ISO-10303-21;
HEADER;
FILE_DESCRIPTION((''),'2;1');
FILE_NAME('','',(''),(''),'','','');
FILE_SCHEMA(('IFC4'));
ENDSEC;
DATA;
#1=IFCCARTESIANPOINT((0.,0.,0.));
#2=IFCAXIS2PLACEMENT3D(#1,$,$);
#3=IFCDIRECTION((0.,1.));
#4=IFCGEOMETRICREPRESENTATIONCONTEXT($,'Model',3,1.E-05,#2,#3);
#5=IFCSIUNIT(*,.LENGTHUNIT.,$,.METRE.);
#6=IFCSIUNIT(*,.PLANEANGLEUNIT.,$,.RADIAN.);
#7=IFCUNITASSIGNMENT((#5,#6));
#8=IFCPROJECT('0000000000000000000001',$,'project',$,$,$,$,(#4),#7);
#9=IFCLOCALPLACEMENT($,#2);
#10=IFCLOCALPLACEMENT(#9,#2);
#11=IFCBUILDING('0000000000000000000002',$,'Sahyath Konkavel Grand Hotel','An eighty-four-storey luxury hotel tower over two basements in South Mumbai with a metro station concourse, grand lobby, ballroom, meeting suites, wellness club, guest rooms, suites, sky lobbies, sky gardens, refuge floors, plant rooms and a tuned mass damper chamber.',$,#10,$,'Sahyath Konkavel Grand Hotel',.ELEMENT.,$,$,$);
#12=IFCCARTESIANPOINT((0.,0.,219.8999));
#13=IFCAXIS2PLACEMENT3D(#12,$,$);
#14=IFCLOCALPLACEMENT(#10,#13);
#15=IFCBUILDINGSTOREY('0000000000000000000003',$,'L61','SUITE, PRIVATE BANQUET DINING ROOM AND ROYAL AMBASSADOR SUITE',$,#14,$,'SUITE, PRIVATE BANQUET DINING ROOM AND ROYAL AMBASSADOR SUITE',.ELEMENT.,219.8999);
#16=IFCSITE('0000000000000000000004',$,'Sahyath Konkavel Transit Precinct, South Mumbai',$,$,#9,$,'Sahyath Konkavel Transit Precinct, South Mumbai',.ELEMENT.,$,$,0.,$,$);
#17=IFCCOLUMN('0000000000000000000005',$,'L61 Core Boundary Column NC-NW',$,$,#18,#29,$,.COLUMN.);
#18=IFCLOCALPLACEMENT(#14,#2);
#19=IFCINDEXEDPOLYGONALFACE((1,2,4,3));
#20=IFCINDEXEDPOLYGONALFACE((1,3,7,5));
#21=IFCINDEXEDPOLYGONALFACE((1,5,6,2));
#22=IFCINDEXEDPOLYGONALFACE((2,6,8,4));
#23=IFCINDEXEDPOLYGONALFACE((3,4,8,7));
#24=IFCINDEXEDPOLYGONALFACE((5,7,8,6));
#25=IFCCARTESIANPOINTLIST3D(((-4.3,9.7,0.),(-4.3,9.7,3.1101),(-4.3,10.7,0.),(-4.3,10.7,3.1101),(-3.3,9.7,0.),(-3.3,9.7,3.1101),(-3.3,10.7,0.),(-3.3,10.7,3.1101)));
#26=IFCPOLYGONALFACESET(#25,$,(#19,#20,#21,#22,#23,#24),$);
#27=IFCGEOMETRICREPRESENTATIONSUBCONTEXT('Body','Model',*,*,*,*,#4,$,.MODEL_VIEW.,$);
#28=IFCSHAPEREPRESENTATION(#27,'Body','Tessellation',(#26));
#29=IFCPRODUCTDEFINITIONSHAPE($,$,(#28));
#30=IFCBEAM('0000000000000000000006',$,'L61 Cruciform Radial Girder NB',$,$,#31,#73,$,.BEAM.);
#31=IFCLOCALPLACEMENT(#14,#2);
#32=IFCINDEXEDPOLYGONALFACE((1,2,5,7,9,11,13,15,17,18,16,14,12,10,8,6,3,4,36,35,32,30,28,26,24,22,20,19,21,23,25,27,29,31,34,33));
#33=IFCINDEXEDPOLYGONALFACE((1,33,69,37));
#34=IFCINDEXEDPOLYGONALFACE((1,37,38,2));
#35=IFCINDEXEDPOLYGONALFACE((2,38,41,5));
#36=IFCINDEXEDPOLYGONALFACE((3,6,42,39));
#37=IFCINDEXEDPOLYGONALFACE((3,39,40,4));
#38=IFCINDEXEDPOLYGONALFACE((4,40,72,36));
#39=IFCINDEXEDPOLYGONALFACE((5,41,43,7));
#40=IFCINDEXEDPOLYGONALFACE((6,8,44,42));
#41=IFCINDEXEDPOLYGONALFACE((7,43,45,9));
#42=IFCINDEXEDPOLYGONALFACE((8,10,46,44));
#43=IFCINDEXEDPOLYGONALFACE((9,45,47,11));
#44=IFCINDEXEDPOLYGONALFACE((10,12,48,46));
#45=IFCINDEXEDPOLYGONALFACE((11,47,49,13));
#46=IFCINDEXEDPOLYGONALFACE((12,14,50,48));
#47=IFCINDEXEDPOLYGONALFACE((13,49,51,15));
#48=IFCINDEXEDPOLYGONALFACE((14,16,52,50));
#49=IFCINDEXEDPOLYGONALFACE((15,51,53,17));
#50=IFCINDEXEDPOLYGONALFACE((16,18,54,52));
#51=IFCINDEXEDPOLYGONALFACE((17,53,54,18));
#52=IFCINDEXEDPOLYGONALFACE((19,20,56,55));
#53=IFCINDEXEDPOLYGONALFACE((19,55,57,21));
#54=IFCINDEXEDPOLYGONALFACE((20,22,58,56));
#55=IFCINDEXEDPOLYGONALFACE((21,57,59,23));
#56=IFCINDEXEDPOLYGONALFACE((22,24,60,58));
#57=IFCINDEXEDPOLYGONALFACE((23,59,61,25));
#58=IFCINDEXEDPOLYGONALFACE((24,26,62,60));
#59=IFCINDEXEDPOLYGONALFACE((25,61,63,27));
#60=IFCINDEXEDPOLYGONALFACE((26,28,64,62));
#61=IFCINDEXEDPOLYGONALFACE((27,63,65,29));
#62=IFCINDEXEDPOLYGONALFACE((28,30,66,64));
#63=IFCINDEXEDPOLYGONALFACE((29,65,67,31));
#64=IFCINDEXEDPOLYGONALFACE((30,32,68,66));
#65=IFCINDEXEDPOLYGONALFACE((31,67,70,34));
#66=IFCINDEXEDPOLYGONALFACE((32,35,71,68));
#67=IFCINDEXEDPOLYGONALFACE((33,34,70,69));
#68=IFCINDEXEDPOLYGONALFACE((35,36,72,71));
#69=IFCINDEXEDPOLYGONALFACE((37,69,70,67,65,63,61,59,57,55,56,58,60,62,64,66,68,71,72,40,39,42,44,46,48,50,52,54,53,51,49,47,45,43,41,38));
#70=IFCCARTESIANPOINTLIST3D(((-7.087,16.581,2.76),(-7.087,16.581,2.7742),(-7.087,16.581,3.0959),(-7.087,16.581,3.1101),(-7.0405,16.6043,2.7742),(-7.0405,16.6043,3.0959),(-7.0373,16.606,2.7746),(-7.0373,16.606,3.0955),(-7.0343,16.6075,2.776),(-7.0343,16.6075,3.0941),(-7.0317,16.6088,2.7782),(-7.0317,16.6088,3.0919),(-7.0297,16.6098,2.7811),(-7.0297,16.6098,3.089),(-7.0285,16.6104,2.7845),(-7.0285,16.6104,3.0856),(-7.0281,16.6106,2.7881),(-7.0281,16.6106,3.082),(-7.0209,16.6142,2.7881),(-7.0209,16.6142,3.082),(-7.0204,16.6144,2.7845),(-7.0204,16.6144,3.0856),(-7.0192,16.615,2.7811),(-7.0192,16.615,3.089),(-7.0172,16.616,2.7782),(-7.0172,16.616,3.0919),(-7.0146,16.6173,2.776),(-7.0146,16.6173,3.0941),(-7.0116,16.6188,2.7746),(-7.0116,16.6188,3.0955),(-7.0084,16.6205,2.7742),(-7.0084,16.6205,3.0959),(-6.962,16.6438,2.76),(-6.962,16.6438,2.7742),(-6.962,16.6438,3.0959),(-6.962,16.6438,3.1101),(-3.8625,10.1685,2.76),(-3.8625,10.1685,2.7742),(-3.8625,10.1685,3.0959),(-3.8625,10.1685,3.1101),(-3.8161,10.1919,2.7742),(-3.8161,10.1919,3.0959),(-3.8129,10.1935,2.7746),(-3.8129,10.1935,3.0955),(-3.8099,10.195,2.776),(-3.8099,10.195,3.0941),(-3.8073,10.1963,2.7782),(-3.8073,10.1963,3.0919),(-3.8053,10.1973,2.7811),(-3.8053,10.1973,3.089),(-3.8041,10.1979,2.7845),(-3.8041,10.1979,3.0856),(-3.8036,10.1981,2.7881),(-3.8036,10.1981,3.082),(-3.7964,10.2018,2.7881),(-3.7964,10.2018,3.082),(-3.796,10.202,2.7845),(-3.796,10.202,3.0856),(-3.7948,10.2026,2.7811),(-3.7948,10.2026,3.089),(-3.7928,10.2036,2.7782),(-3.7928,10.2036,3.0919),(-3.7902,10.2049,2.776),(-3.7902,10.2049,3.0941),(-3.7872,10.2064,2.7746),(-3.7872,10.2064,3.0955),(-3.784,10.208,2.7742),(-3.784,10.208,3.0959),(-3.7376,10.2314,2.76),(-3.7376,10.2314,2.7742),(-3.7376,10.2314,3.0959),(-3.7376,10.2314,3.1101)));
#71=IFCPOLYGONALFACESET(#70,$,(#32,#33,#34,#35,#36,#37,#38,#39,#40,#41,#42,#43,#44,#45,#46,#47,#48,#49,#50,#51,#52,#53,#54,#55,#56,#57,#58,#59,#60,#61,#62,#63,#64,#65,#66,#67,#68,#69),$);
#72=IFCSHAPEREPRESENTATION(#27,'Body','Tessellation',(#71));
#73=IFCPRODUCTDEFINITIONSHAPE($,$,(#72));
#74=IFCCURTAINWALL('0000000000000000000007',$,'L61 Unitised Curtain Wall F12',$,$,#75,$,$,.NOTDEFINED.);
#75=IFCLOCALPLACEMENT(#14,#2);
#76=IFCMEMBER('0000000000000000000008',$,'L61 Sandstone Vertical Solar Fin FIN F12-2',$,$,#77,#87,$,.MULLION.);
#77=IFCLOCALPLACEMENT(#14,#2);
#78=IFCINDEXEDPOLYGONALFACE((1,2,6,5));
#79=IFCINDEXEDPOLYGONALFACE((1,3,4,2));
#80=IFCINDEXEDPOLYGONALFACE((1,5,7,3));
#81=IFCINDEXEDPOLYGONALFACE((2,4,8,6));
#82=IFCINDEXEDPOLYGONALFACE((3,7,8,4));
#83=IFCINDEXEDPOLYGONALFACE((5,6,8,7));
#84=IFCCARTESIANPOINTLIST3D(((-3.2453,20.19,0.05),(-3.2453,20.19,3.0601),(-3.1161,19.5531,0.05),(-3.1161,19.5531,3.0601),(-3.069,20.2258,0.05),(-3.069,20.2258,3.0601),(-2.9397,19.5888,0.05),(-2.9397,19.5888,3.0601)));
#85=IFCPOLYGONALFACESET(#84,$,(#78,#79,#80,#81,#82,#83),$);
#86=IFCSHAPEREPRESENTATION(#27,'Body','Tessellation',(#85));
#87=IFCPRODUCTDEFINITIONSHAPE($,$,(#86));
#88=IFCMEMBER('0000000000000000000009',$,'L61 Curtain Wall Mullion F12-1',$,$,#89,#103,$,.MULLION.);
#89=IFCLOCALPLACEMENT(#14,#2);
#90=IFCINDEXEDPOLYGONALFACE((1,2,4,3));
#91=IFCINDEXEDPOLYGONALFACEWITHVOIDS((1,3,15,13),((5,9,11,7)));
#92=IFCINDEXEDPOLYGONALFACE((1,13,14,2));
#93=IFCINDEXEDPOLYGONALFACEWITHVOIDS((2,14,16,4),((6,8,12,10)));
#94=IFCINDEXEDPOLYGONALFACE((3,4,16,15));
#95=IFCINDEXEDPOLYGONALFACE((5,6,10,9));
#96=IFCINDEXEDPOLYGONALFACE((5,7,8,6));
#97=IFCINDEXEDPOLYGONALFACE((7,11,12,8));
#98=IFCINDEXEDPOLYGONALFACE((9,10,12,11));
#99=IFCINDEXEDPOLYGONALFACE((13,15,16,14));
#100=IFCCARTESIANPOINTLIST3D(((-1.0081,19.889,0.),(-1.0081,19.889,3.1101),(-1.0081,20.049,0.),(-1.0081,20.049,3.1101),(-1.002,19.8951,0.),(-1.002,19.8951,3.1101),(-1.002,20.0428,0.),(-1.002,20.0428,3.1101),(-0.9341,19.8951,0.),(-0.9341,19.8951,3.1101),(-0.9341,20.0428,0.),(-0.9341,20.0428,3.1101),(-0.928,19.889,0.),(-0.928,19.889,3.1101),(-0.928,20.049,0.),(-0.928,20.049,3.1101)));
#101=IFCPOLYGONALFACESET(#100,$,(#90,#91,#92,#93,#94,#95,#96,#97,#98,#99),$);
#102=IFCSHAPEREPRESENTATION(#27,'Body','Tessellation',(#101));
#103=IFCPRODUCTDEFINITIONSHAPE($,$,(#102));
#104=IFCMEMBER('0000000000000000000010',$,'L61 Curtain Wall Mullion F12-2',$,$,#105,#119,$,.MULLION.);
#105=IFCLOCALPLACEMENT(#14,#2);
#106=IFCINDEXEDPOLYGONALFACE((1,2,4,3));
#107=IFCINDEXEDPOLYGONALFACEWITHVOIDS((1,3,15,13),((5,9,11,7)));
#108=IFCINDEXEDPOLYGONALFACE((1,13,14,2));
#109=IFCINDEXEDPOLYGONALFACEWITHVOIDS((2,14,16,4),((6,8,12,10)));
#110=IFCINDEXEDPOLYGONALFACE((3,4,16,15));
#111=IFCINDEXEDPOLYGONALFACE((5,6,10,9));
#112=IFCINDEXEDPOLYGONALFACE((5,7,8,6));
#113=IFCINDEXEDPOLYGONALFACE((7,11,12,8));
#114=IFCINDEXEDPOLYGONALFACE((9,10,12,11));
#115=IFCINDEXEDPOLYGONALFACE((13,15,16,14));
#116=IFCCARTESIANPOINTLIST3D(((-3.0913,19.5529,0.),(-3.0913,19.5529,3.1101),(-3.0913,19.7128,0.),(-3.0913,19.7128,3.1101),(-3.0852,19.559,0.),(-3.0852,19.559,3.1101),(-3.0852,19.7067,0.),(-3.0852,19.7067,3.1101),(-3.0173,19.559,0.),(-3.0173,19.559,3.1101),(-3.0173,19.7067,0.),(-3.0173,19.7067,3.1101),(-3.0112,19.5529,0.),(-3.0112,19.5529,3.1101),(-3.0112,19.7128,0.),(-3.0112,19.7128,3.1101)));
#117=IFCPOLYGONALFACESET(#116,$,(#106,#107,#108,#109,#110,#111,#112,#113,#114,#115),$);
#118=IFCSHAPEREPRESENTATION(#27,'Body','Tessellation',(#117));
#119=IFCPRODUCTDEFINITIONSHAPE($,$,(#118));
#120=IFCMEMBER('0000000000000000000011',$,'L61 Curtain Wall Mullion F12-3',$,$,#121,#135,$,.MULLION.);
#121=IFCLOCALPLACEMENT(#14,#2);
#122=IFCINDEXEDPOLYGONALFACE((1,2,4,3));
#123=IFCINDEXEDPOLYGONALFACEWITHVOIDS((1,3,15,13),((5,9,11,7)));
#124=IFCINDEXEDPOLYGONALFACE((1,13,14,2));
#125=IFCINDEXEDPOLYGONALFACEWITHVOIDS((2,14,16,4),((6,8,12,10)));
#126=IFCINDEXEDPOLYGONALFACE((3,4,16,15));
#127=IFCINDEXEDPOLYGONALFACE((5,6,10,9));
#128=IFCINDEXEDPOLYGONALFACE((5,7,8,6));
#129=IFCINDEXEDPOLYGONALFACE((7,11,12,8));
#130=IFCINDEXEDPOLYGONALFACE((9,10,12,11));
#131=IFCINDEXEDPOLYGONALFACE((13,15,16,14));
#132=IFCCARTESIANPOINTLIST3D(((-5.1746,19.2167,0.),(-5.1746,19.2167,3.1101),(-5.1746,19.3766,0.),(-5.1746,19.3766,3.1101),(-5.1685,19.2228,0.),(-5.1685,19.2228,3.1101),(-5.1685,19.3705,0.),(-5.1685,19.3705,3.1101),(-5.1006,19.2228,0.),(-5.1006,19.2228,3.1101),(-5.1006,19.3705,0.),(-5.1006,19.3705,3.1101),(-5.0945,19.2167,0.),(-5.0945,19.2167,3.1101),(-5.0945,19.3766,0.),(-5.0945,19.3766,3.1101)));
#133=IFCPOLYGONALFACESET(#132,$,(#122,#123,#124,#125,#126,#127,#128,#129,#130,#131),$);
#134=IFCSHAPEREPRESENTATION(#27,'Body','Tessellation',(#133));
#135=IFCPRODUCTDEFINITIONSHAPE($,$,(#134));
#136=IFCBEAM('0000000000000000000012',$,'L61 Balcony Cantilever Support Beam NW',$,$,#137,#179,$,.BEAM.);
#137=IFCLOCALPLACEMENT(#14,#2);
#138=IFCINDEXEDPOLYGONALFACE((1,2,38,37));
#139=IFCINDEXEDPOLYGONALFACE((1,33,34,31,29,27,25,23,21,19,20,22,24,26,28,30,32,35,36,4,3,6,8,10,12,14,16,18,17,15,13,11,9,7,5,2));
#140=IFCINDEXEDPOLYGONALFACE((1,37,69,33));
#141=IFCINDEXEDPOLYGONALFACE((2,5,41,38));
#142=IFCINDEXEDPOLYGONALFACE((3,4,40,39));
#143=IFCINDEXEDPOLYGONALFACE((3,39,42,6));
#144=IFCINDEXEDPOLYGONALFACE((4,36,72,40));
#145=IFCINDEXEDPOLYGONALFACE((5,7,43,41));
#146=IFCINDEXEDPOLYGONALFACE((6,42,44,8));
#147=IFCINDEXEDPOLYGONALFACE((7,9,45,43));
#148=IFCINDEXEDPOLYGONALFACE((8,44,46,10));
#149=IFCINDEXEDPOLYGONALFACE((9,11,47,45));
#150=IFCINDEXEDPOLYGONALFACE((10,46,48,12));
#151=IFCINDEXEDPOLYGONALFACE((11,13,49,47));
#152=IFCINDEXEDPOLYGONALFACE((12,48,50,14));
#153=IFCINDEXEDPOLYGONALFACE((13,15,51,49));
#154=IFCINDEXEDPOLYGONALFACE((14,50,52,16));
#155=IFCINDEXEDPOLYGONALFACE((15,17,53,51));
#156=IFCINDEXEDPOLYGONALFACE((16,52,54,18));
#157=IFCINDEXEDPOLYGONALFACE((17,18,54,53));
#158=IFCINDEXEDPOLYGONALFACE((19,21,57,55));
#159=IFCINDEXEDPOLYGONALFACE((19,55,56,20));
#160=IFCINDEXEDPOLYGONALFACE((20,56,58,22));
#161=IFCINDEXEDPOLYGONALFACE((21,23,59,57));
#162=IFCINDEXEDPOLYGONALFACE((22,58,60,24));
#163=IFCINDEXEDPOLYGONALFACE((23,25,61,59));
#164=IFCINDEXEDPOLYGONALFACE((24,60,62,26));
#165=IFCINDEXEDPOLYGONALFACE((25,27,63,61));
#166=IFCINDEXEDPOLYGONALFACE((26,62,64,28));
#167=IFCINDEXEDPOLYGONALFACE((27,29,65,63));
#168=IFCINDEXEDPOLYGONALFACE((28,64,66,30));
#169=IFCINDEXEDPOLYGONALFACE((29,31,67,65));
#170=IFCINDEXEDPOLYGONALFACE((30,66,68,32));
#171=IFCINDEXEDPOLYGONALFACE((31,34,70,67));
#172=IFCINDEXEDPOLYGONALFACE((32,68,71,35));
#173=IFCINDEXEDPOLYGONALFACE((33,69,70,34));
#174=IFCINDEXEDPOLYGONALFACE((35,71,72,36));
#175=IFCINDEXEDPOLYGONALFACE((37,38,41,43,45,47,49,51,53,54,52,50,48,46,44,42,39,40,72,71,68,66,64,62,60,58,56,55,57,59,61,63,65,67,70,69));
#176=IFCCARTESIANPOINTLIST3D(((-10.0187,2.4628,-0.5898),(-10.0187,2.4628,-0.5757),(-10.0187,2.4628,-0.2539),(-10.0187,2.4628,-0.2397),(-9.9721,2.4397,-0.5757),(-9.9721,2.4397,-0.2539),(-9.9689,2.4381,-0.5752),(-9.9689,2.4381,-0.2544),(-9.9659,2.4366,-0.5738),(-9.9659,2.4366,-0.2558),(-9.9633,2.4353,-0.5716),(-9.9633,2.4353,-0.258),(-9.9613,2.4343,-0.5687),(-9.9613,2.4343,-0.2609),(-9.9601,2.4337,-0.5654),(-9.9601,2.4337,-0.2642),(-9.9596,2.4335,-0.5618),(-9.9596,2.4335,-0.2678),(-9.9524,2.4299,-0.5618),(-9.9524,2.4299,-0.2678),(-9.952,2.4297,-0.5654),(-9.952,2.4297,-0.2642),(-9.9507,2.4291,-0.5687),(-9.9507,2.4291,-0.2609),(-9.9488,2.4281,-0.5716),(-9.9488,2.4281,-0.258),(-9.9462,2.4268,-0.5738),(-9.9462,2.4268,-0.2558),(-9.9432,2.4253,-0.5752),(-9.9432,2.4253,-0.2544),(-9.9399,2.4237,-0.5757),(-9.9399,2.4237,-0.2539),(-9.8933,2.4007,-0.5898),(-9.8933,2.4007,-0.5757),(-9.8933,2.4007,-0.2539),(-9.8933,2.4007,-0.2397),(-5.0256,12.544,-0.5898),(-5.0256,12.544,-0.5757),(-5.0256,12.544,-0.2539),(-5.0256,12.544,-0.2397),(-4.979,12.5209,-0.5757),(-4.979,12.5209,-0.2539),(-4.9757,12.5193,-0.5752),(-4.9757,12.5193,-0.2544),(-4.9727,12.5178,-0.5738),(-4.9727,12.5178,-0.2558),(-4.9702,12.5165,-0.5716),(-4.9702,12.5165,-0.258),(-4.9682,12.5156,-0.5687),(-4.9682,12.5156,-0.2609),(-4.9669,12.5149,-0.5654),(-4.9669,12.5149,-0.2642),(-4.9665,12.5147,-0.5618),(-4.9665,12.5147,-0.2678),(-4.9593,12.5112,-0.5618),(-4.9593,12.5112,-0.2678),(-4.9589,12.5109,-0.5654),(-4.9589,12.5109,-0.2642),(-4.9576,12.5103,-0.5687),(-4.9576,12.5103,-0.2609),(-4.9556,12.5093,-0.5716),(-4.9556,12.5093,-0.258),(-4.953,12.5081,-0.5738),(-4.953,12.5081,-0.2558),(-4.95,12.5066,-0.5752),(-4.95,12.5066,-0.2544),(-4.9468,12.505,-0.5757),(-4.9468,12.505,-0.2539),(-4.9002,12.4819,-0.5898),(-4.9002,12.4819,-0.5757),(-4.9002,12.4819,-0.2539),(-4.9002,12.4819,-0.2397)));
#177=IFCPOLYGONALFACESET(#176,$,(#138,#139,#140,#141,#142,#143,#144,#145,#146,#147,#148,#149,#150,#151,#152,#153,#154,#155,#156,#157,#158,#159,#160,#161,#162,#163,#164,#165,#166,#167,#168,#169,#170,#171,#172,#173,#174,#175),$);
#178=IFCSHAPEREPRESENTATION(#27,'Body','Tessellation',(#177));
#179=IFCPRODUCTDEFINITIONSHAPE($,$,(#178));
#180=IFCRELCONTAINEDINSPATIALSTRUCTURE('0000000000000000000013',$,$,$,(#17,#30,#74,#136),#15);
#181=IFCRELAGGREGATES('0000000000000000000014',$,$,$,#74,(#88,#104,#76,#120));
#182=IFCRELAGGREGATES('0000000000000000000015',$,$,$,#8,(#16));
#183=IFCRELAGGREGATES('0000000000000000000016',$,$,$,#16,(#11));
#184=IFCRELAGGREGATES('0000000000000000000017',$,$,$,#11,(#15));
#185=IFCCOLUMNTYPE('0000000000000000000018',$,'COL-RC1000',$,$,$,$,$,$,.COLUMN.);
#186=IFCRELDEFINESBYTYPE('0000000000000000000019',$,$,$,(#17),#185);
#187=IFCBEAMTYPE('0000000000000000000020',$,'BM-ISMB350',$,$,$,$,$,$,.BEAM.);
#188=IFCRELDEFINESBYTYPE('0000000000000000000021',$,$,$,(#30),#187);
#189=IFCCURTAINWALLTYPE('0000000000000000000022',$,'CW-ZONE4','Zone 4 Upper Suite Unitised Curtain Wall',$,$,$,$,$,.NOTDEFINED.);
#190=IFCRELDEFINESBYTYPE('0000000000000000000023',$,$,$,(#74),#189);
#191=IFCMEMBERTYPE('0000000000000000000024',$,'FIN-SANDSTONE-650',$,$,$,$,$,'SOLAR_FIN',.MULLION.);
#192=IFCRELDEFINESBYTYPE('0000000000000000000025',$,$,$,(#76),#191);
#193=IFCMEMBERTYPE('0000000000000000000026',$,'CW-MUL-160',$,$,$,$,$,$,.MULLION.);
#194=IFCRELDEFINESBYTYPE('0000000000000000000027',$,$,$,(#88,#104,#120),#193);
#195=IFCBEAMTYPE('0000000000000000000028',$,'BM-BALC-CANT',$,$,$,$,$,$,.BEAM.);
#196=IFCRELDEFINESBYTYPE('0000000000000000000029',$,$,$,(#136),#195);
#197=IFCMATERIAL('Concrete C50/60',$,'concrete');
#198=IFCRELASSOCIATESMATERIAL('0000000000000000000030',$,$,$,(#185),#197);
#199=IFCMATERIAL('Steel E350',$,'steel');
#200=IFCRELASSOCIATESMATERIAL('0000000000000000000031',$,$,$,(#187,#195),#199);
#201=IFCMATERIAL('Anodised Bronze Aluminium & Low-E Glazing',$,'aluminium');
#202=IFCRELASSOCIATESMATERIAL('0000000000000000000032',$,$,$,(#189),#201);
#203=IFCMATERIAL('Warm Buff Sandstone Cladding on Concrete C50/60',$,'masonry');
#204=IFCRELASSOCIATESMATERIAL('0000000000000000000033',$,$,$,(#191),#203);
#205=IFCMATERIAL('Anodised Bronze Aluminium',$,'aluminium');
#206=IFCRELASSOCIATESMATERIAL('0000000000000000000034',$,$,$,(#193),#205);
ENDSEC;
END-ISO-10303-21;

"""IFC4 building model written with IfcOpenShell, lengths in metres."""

from ifc_helpers import new_model, si_unit, direction, frame, origin, origin_2d, place, context, subcontext, project, spatial, rectangle, hollow_rectangle, i_section, extrude, source, transform, mapped, material, material_profile, profile_set, type_object, element, aggregate, save


model = new_model("IFC4")

# Units and contexts
model_context = context("Model", 3, precision=1e-05, world=origin(), true_north=direction((0.0, 1.0)))
body_context = subcontext(model_context, "Body", "Model", "MODEL_VIEW")
ifc_project = project(units=[si_unit("LENGTHUNIT", "METRE"), si_unit("PLANEANGLEUNIT", "RADIAN")], contexts=[model_context])

# Site, building, storey
site_placement = place(None, origin())
site = spatial("IfcSite", under=ifc_project, at=site_placement, Name="Sahyath Konkavel Transit Precinct, South Mumbai", LongName="Sahyath Konkavel Transit Precinct, South Mumbai", CompositionType="ELEMENT", RefElevation=0.0)
building_placement = place(site_placement, origin())
building = spatial("IfcBuilding", under=site, at=building_placement, Name="Sahyath Konkavel Grand Hotel", Description="An eighty-four-storey luxury hotel tower over two basements in South Mumbai with a metro station concourse, grand lobby, ballroom, meeting suites, wellness club, guest rooms, suites, sky lobbies, sky gardens, refuge floors, plant rooms and a tuned mass damper chamber.", LongName="Sahyath Konkavel Grand Hotel", CompositionType="ELEMENT")
storey_placement = place(building_placement, frame((0.0, 0.0, 219.8999)))
storey = spatial("IfcBuildingStorey", under=building, at=storey_placement, Name="L61", Description="SUITE, PRIVATE BANQUET DINING ROOM AND ROYAL AMBASSADOR SUITE", LongName="SUITE, PRIVATE BANQUET DINING ROOM AND ROYAL AMBASSADOR SUITE", CompositionType="ELEMENT", Elevation=219.8999)

# Column
ifc_material_1 = material(Name="Concrete C50/60", Category="concrete")
ifc_material_profile_1 = material_profile(ifc_material_1, rectangle(XDim=1.0, YDim=1.0, at=origin_2d()), Name="RC 1000x1000")
ifc_profile_set_1 = profile_set([ifc_material_profile_1], Name="Concrete C50/60")
column_type = type_object("IfcColumnType", Name="COL-RC1000", PredefinedType="COLUMN", material=ifc_profile_set_1)
shared_shape_1 = source(origin(), body_context, "Body", "SweptSolid", [
    extrude(rectangle(XDim=1.0, YDim=1.0, at=origin_2d()), origin(), (0.0, 0.0, 1.0), 3.1101),
])
column_placement = place(storey_placement, frame((-3.8, 10.2, 0.0), z_axis=(0.0, 0.0, 1.0), x_axis=(1.0, 0.0, 0.0)))
element("IfcColumn", 1, at=column_placement, inside=storey, type_object=column_type, Name="L61 Core Boundary Column NC-NW", PredefinedType="COLUMN", context=body_context, shape_type="MappedRepresentation", body=[
    mapped(shared_shape_1, transform((0.0, 0.0, 0.0), scale=1.0)),
])

# Beam
ifc_material_2 = material(Name="Steel E350", Category="steel")
ifc_material_profile_2 = material_profile(ifc_material_2, i_section(OverallWidth=0.1399, OverallDepth=0.3501, WebThickness=0.0081, FlangeThickness=0.0142, FilletRadius=0.0139, at=origin_2d()), Name="ISMB 350")
ifc_profile_set_2 = profile_set([ifc_material_profile_2], Name="Steel E350")
beam_type_1 = type_object("IfcBeamType", Name="BM-ISMB350", PredefinedType="BEAM", material=ifc_profile_set_2)
shared_shape_2 = source(origin(), body_context, "Body", "SweptSolid", [
    extrude(i_section(OverallWidth=0.1399, OverallDepth=0.3501, WebThickness=0.0081, FlangeThickness=0.0142, FilletRadius=0.0139, at=origin_2d()), origin(), (0.0, 0.0, 1.0), 7.1775),
])
beam_1_placement = place(storey_placement, frame((-3.8, 10.2, 2.9351), z_axis=(-0.44924, 0.893411, 0.0), x_axis=(-0.893411, -0.44924, 0.0)))
element("IfcBeam", 2, at=beam_1_placement, inside=storey, type_object=beam_type_1, Name="L61 Cruciform Radial Girder NB", PredefinedType="BEAM", context=body_context, shape_type="MappedRepresentation", body=[
    mapped(shared_shape_2, transform((0.0, 0.0, 0.0), scale=1.0)),
])

# Curtain wall, members
ifc_material_3 = material(Name="Anodised Bronze Aluminium & Low-E Glazing", Category="aluminium")
curtain_wall_type = type_object("IfcCurtainWallType", Name="CW-ZONE4", Description="Zone 4 Upper Suite Unitised Curtain Wall", PredefinedType="NOTDEFINED", material=ifc_material_3)
curtain_wall_1_placement = place(storey_placement, origin())
curtain_wall_1 = element("IfcCurtainWall", 3, at=curtain_wall_1_placement, inside=storey, type_object=curtain_wall_type, Name="L61 Unitised Curtain Wall F12", PredefinedType="NOTDEFINED")
ifc_material_4 = material(Name="Warm Buff Sandstone Cladding on Concrete C50/60", Category="masonry")
ifc_material_profile_3 = material_profile(ifc_material_4, rectangle(XDim=0.1799, YDim=0.6499, at=origin_2d()), Name="FIN 180x650")
ifc_profile_set_3 = profile_set([ifc_material_profile_3], Name="Warm Buff Sandstone Cladding on Concrete C50/60")
member_type_1 = type_object("IfcMemberType", Name="FIN-SANDSTONE-650", ElementType="SOLAR_FIN", PredefinedType="MULLION", material=ifc_profile_set_3)
shared_shape_3 = source(origin(), body_context, "Body", "SweptSolid", [
    extrude(rectangle(XDim=0.1799, YDim=0.6499, at=origin_2d()), origin(), (0.0, 0.0, 1.0), 3.01),
])
member_1_placement = place(storey_placement, frame((-3.0925, 19.8894, 0.05), z_axis=(0.0, 0.0, 1.0), x_axis=(0.980029, 0.198855, 0.0)))
member_1 = element("IfcMember", 4, at=member_1_placement, type_object=member_type_1, Name="L61 Sandstone Vertical Solar Fin FIN F12-2", PredefinedType="MULLION", context=body_context, shape_type="MappedRepresentation", body=[
    mapped(shared_shape_3, transform((0.0, 0.0, 0.0), scale=1.0)),
])
ifc_material_5 = material(Name="Anodised Bronze Aluminium", Category="aluminium")
ifc_material_profile_4 = material_profile(ifc_material_5, hollow_rectangle(XDim=0.0801, YDim=0.1599, WallThickness=0.0061, at=origin_2d()), Name="RHS 160x80x6")
ifc_profile_set_4 = profile_set([ifc_material_profile_4], Name="Anodised Bronze Aluminium")
member_type_2 = type_object("IfcMemberType", Name="CW-MUL-160", PredefinedType="MULLION", material=ifc_profile_set_4)
shared_shape_4 = source(origin(), body_context, "Body", "SweptSolid", [
    extrude(hollow_rectangle(XDim=0.0801, YDim=0.1599, WallThickness=0.0061, at=origin_2d()), origin(), (0.0, 0.0, 1.0), 3.1101),
])
member_2_placement = place(storey_placement, frame((-0.968, 19.969, 0.0), z_axis=(0.0, 0.0, 1.0), x_axis=(1.0, 0.0, 0.0)))
member_2 = element("IfcMember", 5, at=member_2_placement, type_object=member_type_2, Name="L61 Curtain Wall Mullion F12-1", PredefinedType="MULLION", context=body_context, shape_type="MappedRepresentation", body=[
    mapped(shared_shape_4, transform((0.0, 0.0, 0.0), scale=1.0)),
])
member_3_placement = place(storey_placement, frame((-3.0513, 19.6328, 0.0), z_axis=(0.0, 0.0, 1.0), x_axis=(1.0, 0.0, 0.0)))
member_3 = element("IfcMember", 6, at=member_3_placement, type_object=member_type_2, Name="L61 Curtain Wall Mullion F12-2", PredefinedType="MULLION", context=body_context, shape_type="MappedRepresentation", body=[
    mapped(shared_shape_4, transform((0.0, 0.0, 0.0), scale=1.0)),
])
member_4_placement = place(storey_placement, frame((-5.1345, 19.2966, 0.0), z_axis=(0.0, 0.0, 1.0), x_axis=(1.0, 0.0, 0.0)))
member_4 = element("IfcMember", 7, at=member_4_placement, type_object=member_type_2, Name="L61 Curtain Wall Mullion F12-3", PredefinedType="MULLION", context=body_context, shape_type="MappedRepresentation", body=[
    mapped(shared_shape_4, transform((0.0, 0.0, 0.0), scale=1.0)),
])

# Beam
ifc_material_profile_5 = material_profile(ifc_material_2, i_section(OverallWidth=0.1399, OverallDepth=0.3501, WebThickness=0.0081, FlangeThickness=0.0142, FilletRadius=0.0139, at=origin_2d()), Name="ISMB 350")
ifc_profile_set_5 = profile_set([ifc_material_profile_5], Name="Steel E350")
beam_type_2 = type_object("IfcBeamType", Name="BM-BALC-CANT", PredefinedType="BEAM", material=ifc_profile_set_5)
shared_shape_5 = source(origin(), body_context, "Body", "SweptSolid", [
    extrude(i_section(OverallWidth=0.1399, OverallDepth=0.3501, WebThickness=0.0081, FlangeThickness=0.0142, FilletRadius=0.0139, at=origin_2d()), origin(), (0.0, 0.0, 1.0), 11.25),
])
beam_2_placement = place(storey_placement, frame((-4.9629, 12.5129, -0.4148), z_axis=(-0.443834, -0.896109, 0.0), x_axis=(0.896109, -0.443834, 0.0)))
element("IfcBeam", 8, at=beam_2_placement, inside=storey, type_object=beam_type_2, Name="L61 Balcony Cantilever Support Beam NW", PredefinedType="BEAM", context=body_context, shape_type="MappedRepresentation", body=[
    mapped(shared_shape_5, transform((0.0, 0.0, 0.0), scale=1.0)),
])

aggregate(curtain_wall_1, [member_2, member_3, member_1, member_4])

save(model, "model.ifc")
